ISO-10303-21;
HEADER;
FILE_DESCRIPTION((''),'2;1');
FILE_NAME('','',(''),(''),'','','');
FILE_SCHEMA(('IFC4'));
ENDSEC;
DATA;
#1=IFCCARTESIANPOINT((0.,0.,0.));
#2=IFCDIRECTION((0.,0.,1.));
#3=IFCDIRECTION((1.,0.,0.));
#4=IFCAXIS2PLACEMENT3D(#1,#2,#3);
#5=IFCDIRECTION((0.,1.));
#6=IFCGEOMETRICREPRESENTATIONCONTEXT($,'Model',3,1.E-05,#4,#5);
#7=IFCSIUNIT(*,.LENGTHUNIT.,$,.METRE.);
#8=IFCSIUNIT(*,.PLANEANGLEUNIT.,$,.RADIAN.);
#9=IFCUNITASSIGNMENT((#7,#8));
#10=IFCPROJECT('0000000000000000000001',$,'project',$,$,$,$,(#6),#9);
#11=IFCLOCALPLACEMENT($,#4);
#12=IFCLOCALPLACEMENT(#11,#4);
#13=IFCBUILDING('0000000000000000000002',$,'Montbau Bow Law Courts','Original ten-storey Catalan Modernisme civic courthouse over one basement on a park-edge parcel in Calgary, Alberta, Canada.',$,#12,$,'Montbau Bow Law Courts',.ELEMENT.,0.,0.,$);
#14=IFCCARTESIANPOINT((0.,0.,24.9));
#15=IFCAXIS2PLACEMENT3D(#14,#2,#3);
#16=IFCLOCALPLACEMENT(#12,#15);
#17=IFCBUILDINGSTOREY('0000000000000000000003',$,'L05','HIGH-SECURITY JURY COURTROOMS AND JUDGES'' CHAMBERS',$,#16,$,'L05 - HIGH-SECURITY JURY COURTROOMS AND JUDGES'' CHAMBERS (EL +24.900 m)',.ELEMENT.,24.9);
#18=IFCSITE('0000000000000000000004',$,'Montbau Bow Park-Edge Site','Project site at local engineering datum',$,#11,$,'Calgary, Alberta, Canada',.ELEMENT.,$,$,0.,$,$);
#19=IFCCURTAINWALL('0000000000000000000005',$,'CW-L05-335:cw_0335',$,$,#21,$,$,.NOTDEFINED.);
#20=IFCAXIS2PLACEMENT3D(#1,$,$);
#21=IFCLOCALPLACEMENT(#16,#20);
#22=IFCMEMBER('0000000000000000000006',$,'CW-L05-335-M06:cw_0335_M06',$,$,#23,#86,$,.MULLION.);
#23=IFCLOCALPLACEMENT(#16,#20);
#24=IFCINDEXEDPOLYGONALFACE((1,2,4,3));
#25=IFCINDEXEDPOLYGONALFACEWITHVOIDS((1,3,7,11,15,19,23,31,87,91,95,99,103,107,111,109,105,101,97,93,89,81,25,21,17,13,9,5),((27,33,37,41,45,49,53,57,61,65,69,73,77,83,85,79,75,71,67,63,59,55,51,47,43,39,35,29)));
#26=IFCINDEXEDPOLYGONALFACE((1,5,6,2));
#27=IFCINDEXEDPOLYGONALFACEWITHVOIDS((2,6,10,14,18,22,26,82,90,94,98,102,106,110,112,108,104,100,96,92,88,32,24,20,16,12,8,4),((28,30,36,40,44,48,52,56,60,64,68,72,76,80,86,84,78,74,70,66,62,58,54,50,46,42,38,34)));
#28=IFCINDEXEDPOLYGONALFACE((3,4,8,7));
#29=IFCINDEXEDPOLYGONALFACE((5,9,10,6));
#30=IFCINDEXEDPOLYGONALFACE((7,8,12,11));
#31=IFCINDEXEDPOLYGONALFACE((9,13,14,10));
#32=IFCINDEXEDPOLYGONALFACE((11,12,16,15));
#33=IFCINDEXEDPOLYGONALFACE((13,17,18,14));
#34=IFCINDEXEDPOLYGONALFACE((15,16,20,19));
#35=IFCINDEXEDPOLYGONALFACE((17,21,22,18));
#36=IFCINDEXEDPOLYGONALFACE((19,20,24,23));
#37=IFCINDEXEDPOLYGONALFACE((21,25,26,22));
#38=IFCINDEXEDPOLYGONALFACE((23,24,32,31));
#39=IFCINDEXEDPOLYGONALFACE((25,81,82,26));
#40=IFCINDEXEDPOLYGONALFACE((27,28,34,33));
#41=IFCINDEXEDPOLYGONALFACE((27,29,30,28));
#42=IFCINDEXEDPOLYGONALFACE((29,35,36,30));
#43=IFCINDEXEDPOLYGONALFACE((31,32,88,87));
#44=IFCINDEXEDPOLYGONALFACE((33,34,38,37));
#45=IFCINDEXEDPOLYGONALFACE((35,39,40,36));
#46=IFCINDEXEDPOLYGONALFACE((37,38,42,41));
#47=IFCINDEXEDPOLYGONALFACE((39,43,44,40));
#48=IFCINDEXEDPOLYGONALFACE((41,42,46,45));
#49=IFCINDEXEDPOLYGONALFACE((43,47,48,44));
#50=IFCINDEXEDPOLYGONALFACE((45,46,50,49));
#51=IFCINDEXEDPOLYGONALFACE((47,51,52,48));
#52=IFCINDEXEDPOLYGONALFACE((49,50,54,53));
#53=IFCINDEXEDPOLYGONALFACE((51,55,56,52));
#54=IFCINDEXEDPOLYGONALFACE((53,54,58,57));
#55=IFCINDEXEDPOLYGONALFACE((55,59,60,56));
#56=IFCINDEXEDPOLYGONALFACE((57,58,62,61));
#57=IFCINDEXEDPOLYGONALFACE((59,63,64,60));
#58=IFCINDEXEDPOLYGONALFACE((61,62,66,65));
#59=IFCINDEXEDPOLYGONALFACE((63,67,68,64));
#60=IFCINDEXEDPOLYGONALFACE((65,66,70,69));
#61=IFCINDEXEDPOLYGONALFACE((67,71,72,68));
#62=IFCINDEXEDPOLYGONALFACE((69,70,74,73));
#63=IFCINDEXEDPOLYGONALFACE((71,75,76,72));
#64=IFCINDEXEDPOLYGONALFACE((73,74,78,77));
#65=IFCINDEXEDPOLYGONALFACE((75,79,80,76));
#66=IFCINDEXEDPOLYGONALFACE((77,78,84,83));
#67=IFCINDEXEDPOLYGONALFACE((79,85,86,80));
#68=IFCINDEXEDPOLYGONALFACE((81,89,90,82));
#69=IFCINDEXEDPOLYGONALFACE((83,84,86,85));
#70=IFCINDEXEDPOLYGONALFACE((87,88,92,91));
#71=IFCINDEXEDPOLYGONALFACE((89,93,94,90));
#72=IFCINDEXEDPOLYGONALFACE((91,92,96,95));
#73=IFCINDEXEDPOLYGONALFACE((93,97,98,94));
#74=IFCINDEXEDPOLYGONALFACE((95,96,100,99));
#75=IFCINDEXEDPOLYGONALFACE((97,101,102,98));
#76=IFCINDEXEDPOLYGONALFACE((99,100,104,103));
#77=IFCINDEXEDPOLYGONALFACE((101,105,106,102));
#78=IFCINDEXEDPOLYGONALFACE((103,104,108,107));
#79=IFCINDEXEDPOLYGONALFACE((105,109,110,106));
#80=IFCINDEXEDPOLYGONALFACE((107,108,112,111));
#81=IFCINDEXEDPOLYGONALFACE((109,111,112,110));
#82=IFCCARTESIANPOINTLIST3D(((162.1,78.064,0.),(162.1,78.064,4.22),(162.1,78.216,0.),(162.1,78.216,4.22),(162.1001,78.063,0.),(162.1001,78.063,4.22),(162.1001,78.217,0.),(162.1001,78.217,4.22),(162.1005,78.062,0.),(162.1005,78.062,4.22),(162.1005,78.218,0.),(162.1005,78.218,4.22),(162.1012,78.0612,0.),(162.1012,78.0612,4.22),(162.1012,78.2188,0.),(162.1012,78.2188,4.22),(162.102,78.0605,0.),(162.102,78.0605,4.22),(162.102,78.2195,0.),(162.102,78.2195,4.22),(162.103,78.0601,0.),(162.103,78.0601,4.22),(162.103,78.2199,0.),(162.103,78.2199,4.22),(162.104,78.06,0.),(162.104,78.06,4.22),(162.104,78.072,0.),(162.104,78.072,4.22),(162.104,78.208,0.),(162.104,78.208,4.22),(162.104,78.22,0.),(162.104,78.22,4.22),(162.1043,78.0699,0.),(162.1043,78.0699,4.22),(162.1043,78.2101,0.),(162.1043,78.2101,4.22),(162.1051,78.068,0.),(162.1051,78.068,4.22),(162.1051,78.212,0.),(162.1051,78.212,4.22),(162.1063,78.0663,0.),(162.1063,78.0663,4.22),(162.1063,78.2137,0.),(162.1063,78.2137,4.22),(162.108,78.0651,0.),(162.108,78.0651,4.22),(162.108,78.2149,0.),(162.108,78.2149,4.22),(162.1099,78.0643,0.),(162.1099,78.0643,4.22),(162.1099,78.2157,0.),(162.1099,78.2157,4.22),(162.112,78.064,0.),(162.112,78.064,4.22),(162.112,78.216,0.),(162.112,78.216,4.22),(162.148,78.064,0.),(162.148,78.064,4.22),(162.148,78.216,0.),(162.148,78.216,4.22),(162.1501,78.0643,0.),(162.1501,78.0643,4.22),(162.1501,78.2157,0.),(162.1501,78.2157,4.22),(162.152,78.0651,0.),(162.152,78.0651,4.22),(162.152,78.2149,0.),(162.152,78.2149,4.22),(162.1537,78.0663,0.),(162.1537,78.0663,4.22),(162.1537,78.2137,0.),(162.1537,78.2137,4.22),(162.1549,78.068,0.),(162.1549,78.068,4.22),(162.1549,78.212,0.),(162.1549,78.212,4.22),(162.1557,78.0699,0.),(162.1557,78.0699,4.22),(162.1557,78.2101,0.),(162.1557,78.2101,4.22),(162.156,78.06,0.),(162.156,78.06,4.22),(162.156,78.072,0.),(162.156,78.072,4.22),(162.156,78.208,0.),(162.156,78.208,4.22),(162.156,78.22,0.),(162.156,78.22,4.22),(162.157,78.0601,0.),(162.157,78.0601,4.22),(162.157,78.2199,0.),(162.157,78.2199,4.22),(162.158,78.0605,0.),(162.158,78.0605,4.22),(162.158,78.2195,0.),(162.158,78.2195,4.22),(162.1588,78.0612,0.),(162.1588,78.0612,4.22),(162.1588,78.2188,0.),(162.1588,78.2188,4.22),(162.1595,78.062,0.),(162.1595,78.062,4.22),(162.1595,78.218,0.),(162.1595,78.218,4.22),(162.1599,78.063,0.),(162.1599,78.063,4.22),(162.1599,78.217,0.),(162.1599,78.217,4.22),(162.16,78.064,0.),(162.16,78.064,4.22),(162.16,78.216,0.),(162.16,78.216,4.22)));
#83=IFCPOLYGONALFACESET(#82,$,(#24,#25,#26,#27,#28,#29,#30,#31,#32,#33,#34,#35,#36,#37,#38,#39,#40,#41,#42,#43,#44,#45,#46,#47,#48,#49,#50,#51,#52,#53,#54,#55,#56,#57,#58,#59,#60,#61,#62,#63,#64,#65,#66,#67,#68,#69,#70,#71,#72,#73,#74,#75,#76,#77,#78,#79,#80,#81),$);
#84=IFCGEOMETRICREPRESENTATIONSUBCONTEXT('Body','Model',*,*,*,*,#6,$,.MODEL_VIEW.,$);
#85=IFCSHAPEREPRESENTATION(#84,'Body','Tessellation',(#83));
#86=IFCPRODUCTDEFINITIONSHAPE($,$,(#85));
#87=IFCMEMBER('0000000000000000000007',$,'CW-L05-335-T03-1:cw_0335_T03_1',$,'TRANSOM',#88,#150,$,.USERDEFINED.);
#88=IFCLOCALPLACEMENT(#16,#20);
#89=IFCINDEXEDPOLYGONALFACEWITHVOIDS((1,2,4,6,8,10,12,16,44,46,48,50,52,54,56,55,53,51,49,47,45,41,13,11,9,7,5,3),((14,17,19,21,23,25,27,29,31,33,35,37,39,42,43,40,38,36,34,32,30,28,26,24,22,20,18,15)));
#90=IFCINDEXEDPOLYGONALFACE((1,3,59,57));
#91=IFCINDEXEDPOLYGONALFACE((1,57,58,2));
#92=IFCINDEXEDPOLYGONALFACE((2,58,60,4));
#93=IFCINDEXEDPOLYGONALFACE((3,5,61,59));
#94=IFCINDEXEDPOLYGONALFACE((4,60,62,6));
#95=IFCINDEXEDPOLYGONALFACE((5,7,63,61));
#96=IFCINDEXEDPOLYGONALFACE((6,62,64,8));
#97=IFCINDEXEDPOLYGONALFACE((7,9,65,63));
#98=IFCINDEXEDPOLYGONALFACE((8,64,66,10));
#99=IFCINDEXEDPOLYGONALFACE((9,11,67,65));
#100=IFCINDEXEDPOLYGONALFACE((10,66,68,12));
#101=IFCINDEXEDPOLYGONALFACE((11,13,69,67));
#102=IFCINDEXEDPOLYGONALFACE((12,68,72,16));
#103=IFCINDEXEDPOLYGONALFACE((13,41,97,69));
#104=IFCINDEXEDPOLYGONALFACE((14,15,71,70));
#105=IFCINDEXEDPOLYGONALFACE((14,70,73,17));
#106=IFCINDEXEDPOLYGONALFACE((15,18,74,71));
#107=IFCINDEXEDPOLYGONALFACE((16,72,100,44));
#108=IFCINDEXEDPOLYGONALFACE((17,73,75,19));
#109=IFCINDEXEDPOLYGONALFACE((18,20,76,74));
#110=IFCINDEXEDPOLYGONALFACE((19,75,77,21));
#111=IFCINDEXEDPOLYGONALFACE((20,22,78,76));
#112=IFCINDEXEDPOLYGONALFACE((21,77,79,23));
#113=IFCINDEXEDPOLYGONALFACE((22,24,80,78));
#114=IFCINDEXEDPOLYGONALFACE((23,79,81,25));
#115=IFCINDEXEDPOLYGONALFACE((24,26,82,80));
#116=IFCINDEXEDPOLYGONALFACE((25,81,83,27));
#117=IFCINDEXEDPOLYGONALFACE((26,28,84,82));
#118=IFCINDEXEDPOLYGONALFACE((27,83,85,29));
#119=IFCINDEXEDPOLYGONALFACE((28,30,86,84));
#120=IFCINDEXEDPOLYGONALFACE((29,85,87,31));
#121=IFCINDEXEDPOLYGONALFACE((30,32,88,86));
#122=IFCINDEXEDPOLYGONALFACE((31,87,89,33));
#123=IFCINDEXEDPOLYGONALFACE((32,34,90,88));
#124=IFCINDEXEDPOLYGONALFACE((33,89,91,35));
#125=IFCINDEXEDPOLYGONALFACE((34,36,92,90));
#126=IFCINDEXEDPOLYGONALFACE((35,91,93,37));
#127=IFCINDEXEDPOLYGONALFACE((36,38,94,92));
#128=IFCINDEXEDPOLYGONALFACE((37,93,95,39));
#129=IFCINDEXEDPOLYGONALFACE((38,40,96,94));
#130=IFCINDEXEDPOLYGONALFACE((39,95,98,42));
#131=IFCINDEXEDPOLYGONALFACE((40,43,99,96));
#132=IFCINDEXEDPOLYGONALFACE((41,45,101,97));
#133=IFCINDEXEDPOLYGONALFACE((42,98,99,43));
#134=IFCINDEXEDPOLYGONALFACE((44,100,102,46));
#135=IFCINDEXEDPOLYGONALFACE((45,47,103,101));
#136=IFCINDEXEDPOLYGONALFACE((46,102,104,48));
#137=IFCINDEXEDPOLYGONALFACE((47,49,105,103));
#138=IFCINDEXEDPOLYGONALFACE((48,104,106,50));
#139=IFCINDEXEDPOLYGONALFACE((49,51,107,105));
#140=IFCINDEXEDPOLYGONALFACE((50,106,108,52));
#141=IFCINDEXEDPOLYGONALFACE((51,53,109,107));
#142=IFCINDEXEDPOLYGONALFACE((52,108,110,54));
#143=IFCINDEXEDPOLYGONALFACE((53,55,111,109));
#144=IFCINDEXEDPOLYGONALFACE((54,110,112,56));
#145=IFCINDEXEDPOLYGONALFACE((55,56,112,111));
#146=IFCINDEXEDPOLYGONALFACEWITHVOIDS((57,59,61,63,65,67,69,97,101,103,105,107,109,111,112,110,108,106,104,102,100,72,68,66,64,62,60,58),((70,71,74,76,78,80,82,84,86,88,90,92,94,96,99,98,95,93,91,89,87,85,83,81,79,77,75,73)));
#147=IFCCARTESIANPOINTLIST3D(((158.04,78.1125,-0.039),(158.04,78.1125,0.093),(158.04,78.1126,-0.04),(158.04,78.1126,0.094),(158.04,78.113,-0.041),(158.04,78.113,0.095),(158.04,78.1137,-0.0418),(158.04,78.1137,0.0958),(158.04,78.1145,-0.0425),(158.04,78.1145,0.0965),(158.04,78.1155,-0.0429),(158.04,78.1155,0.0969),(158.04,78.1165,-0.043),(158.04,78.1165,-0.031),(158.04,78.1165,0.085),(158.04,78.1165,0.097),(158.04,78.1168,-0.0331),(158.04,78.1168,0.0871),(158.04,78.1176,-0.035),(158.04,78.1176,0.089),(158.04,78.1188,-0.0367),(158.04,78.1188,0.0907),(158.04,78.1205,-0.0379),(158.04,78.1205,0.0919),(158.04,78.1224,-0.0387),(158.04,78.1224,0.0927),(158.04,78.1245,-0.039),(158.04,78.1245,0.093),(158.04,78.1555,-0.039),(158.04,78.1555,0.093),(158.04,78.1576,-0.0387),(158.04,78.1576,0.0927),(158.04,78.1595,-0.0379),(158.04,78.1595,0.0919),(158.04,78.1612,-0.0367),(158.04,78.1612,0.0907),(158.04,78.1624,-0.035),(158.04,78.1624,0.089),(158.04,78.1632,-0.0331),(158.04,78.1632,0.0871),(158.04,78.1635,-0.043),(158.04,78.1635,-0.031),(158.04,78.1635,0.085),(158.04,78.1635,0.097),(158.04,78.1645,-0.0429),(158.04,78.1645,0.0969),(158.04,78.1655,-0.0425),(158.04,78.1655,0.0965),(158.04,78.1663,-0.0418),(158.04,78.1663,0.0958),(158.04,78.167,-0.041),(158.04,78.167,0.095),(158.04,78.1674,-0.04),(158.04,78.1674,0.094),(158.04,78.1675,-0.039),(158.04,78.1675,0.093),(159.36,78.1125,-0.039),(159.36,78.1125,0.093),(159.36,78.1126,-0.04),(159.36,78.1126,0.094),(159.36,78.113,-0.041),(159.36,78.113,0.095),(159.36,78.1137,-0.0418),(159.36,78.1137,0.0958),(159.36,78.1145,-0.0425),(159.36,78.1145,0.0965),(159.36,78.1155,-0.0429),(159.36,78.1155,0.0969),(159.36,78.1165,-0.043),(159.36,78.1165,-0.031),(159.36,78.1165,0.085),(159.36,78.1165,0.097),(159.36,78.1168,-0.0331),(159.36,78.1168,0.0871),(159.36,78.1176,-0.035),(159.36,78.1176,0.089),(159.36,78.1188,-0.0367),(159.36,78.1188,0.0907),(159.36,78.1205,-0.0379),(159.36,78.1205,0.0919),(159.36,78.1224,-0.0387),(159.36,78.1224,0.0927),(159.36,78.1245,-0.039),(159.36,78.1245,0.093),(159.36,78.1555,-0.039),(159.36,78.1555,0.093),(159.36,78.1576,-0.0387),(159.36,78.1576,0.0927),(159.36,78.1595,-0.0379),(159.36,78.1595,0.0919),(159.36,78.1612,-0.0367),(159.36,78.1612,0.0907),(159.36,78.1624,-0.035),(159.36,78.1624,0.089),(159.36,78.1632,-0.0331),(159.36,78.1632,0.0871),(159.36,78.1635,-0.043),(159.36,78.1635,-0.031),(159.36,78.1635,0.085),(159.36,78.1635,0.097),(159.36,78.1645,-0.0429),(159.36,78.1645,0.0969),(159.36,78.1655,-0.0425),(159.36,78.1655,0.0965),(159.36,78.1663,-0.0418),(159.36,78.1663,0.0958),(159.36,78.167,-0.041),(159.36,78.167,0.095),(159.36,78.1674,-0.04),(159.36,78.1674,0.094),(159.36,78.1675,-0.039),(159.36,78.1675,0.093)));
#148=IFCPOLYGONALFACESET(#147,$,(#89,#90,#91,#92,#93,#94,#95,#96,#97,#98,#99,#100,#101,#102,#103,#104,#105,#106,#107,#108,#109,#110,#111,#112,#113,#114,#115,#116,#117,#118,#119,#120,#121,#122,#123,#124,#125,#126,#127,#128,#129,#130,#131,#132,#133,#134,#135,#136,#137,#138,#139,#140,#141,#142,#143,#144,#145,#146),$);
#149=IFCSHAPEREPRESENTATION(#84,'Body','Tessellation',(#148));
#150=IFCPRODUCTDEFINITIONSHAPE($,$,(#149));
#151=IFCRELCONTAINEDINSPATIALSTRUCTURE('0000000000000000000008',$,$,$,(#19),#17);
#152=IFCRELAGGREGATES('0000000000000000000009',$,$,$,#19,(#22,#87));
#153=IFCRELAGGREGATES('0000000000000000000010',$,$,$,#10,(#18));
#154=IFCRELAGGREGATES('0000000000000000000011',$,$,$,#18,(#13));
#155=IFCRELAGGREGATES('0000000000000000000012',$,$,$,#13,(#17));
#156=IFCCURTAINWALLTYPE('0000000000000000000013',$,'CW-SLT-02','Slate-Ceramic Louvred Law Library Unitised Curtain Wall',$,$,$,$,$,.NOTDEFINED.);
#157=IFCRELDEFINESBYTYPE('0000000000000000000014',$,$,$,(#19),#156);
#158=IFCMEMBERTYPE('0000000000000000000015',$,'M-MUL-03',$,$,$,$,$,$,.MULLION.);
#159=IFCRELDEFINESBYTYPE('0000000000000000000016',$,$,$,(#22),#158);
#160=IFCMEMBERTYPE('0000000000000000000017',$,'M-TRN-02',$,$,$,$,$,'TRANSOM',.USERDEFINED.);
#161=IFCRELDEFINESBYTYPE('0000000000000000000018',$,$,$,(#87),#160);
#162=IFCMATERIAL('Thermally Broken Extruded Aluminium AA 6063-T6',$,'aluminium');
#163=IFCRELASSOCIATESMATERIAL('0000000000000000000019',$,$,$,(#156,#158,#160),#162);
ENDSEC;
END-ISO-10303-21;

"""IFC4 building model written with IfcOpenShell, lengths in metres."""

from ifc_helpers import new_model, si_unit, direction, frame, origin_with_axes, origin_2d_with_axis, place, context, subcontext, project, spatial, hollow_rectangle, extrude, material, material_profile, profile_set, type_object, element, aggregate, save


model = new_model("IFC4")

# Units and contexts
model_context = context("Model", 3, precision=1e-05, world=origin_with_axes(), true_north=direction((0.0, 1.0)))
body_context = subcontext(model_context, "Body", "Model", "MODEL_VIEW")
ifc_project = project(units=[si_unit("LENGTHUNIT", "METRE"), si_unit("PLANEANGLEUNIT", "RADIAN")], contexts=[model_context])

# Site, building, storey
site_placement = place(None, origin_with_axes())
site = spatial("IfcSite", under=ifc_project, at=site_placement, Name="Montbau Bow Park-Edge Site", Description="Project site at local engineering datum", LongName="Calgary, Alberta, Canada", CompositionType="ELEMENT", RefElevation=0.0)
building_placement = place(site_placement, origin_with_axes())
building = spatial("IfcBuilding", under=site, at=building_placement, Name="Montbau Bow Law Courts", Description="Original ten-storey Catalan Modernisme civic courthouse over one basement on a park-edge parcel in Calgary, Alberta, Canada.", LongName="Montbau Bow Law Courts", CompositionType="ELEMENT", ElevationOfRefHeight=0.0, ElevationOfTerrain=0.0)
storey_placement = place(building_placement, frame((0.0, 0.0, 24.9), z_axis=(0.0, 0.0, 1.0), x_axis=(1.0, 0.0, 0.0)))
storey = spatial("IfcBuildingStorey", under=building, at=storey_placement, Name="L05", Description="HIGH-SECURITY JURY COURTROOMS AND JUDGES' CHAMBERS", LongName="L05 - HIGH-SECURITY JURY COURTROOMS AND JUDGES' CHAMBERS (EL +24.900 m)", CompositionType="ELEMENT", Elevation=24.9)

# Shared definitions
ifc_material_1 = material(Name="Thermally Broken Extruded Aluminium AA 6063-T6", Category="aluminium")
curtain_wall_type = type_object("IfcCurtainWallType", Name="CW-SLT-02", Description="Slate-Ceramic Louvred Law Library Unitised Curtain Wall", PredefinedType="NOTDEFINED", material=ifc_material_1)

# Curtain wall, members
curtain_wall_1_placement = place(None, frame((155.24, 78.14, 24.9), z_axis=(0.0, 0.0, 1.0), x_axis=(1.0, 0.0, 0.0)))
curtain_wall_1 = element("IfcCurtainWall", 1, at=curtain_wall_1_placement, inside=storey, type_object=curtain_wall_type, Name="CW-L05-335:cw_0335", PredefinedType="NOTDEFINED")
ifc_material_profile_1 = material_profile(ifc_material_1, hollow_rectangle(XDim=0.06, YDim=0.16, WallThickness=0.004, InnerFilletRadius=0.008, OuterFilletRadius=0.004, at=origin_2d_with_axis()), Name="CWM-160X60", Category="Main", Priority=0)
ifc_profile_set_1 = profile_set([ifc_material_profile_1], Name="Thermally Broken Extruded Aluminium AA 6063-T6")
member_type_1 = type_object("IfcMemberType", Name="M-MUL-03", PredefinedType="MULLION", material=ifc_profile_set_1)
member_1_placement = place(None, frame((162.13, 78.14, 24.9), z_axis=(0.0, 0.0, 1.0), x_axis=(1.0, 0.0, 0.0)))
member_1 = element("IfcMember", 2, at=member_1_placement, type_object=member_type_1, Name="CW-L05-335-M06:cw_0335_M06", PredefinedType="MULLION", context=body_context, shape_type="SweptSolid", body=[
    extrude(hollow_rectangle(XDim=0.06, YDim=0.16, WallThickness=0.004, InnerFilletRadius=0.008, OuterFilletRadius=0.004, at=origin_2d_with_axis()), origin_with_axes(), (0.0, 0.0, 1.0), 4.22),
])
ifc_material_profile_2 = material_profile(ifc_material_1, hollow_rectangle(XDim=0.055, YDim=0.14, WallThickness=0.004, InnerFilletRadius=0.008, OuterFilletRadius=0.004, at=origin_2d_with_axis()), Name="CWT-140X55", Category="Main", Priority=0)
ifc_profile_set_2 = profile_set([ifc_material_profile_2], Name="Thermally Broken Extruded Aluminium AA 6063-T6")
member_type_2 = type_object("IfcMemberType", Name="M-TRN-02", ElementType="TRANSOM", PredefinedType="USERDEFINED", material=ifc_profile_set_2)
member_2_placement = place(None, frame((158.04, 78.14, 24.927), z_axis=(1.0, 0.0, 0.0), x_axis=(0.0, 1.0, 0.0)))
member_2 = element("IfcMember", 3, at=member_2_placement, type_object=member_type_2, Name="CW-L05-335-T03-1:cw_0335_T03_1", ObjectType="TRANSOM", PredefinedType="USERDEFINED", context=body_context, shape_type="SweptSolid", body=[
    extrude(hollow_rectangle(XDim=0.055, YDim=0.14, WallThickness=0.004, InnerFilletRadius=0.008, OuterFilletRadius=0.004, at=origin_2d_with_axis()), origin_with_axes(), (0.0, 0.0, 1.0), 1.32),
])
aggregate(curtain_wall_1, [member_1, member_2])

save(model, "model.ifc")
